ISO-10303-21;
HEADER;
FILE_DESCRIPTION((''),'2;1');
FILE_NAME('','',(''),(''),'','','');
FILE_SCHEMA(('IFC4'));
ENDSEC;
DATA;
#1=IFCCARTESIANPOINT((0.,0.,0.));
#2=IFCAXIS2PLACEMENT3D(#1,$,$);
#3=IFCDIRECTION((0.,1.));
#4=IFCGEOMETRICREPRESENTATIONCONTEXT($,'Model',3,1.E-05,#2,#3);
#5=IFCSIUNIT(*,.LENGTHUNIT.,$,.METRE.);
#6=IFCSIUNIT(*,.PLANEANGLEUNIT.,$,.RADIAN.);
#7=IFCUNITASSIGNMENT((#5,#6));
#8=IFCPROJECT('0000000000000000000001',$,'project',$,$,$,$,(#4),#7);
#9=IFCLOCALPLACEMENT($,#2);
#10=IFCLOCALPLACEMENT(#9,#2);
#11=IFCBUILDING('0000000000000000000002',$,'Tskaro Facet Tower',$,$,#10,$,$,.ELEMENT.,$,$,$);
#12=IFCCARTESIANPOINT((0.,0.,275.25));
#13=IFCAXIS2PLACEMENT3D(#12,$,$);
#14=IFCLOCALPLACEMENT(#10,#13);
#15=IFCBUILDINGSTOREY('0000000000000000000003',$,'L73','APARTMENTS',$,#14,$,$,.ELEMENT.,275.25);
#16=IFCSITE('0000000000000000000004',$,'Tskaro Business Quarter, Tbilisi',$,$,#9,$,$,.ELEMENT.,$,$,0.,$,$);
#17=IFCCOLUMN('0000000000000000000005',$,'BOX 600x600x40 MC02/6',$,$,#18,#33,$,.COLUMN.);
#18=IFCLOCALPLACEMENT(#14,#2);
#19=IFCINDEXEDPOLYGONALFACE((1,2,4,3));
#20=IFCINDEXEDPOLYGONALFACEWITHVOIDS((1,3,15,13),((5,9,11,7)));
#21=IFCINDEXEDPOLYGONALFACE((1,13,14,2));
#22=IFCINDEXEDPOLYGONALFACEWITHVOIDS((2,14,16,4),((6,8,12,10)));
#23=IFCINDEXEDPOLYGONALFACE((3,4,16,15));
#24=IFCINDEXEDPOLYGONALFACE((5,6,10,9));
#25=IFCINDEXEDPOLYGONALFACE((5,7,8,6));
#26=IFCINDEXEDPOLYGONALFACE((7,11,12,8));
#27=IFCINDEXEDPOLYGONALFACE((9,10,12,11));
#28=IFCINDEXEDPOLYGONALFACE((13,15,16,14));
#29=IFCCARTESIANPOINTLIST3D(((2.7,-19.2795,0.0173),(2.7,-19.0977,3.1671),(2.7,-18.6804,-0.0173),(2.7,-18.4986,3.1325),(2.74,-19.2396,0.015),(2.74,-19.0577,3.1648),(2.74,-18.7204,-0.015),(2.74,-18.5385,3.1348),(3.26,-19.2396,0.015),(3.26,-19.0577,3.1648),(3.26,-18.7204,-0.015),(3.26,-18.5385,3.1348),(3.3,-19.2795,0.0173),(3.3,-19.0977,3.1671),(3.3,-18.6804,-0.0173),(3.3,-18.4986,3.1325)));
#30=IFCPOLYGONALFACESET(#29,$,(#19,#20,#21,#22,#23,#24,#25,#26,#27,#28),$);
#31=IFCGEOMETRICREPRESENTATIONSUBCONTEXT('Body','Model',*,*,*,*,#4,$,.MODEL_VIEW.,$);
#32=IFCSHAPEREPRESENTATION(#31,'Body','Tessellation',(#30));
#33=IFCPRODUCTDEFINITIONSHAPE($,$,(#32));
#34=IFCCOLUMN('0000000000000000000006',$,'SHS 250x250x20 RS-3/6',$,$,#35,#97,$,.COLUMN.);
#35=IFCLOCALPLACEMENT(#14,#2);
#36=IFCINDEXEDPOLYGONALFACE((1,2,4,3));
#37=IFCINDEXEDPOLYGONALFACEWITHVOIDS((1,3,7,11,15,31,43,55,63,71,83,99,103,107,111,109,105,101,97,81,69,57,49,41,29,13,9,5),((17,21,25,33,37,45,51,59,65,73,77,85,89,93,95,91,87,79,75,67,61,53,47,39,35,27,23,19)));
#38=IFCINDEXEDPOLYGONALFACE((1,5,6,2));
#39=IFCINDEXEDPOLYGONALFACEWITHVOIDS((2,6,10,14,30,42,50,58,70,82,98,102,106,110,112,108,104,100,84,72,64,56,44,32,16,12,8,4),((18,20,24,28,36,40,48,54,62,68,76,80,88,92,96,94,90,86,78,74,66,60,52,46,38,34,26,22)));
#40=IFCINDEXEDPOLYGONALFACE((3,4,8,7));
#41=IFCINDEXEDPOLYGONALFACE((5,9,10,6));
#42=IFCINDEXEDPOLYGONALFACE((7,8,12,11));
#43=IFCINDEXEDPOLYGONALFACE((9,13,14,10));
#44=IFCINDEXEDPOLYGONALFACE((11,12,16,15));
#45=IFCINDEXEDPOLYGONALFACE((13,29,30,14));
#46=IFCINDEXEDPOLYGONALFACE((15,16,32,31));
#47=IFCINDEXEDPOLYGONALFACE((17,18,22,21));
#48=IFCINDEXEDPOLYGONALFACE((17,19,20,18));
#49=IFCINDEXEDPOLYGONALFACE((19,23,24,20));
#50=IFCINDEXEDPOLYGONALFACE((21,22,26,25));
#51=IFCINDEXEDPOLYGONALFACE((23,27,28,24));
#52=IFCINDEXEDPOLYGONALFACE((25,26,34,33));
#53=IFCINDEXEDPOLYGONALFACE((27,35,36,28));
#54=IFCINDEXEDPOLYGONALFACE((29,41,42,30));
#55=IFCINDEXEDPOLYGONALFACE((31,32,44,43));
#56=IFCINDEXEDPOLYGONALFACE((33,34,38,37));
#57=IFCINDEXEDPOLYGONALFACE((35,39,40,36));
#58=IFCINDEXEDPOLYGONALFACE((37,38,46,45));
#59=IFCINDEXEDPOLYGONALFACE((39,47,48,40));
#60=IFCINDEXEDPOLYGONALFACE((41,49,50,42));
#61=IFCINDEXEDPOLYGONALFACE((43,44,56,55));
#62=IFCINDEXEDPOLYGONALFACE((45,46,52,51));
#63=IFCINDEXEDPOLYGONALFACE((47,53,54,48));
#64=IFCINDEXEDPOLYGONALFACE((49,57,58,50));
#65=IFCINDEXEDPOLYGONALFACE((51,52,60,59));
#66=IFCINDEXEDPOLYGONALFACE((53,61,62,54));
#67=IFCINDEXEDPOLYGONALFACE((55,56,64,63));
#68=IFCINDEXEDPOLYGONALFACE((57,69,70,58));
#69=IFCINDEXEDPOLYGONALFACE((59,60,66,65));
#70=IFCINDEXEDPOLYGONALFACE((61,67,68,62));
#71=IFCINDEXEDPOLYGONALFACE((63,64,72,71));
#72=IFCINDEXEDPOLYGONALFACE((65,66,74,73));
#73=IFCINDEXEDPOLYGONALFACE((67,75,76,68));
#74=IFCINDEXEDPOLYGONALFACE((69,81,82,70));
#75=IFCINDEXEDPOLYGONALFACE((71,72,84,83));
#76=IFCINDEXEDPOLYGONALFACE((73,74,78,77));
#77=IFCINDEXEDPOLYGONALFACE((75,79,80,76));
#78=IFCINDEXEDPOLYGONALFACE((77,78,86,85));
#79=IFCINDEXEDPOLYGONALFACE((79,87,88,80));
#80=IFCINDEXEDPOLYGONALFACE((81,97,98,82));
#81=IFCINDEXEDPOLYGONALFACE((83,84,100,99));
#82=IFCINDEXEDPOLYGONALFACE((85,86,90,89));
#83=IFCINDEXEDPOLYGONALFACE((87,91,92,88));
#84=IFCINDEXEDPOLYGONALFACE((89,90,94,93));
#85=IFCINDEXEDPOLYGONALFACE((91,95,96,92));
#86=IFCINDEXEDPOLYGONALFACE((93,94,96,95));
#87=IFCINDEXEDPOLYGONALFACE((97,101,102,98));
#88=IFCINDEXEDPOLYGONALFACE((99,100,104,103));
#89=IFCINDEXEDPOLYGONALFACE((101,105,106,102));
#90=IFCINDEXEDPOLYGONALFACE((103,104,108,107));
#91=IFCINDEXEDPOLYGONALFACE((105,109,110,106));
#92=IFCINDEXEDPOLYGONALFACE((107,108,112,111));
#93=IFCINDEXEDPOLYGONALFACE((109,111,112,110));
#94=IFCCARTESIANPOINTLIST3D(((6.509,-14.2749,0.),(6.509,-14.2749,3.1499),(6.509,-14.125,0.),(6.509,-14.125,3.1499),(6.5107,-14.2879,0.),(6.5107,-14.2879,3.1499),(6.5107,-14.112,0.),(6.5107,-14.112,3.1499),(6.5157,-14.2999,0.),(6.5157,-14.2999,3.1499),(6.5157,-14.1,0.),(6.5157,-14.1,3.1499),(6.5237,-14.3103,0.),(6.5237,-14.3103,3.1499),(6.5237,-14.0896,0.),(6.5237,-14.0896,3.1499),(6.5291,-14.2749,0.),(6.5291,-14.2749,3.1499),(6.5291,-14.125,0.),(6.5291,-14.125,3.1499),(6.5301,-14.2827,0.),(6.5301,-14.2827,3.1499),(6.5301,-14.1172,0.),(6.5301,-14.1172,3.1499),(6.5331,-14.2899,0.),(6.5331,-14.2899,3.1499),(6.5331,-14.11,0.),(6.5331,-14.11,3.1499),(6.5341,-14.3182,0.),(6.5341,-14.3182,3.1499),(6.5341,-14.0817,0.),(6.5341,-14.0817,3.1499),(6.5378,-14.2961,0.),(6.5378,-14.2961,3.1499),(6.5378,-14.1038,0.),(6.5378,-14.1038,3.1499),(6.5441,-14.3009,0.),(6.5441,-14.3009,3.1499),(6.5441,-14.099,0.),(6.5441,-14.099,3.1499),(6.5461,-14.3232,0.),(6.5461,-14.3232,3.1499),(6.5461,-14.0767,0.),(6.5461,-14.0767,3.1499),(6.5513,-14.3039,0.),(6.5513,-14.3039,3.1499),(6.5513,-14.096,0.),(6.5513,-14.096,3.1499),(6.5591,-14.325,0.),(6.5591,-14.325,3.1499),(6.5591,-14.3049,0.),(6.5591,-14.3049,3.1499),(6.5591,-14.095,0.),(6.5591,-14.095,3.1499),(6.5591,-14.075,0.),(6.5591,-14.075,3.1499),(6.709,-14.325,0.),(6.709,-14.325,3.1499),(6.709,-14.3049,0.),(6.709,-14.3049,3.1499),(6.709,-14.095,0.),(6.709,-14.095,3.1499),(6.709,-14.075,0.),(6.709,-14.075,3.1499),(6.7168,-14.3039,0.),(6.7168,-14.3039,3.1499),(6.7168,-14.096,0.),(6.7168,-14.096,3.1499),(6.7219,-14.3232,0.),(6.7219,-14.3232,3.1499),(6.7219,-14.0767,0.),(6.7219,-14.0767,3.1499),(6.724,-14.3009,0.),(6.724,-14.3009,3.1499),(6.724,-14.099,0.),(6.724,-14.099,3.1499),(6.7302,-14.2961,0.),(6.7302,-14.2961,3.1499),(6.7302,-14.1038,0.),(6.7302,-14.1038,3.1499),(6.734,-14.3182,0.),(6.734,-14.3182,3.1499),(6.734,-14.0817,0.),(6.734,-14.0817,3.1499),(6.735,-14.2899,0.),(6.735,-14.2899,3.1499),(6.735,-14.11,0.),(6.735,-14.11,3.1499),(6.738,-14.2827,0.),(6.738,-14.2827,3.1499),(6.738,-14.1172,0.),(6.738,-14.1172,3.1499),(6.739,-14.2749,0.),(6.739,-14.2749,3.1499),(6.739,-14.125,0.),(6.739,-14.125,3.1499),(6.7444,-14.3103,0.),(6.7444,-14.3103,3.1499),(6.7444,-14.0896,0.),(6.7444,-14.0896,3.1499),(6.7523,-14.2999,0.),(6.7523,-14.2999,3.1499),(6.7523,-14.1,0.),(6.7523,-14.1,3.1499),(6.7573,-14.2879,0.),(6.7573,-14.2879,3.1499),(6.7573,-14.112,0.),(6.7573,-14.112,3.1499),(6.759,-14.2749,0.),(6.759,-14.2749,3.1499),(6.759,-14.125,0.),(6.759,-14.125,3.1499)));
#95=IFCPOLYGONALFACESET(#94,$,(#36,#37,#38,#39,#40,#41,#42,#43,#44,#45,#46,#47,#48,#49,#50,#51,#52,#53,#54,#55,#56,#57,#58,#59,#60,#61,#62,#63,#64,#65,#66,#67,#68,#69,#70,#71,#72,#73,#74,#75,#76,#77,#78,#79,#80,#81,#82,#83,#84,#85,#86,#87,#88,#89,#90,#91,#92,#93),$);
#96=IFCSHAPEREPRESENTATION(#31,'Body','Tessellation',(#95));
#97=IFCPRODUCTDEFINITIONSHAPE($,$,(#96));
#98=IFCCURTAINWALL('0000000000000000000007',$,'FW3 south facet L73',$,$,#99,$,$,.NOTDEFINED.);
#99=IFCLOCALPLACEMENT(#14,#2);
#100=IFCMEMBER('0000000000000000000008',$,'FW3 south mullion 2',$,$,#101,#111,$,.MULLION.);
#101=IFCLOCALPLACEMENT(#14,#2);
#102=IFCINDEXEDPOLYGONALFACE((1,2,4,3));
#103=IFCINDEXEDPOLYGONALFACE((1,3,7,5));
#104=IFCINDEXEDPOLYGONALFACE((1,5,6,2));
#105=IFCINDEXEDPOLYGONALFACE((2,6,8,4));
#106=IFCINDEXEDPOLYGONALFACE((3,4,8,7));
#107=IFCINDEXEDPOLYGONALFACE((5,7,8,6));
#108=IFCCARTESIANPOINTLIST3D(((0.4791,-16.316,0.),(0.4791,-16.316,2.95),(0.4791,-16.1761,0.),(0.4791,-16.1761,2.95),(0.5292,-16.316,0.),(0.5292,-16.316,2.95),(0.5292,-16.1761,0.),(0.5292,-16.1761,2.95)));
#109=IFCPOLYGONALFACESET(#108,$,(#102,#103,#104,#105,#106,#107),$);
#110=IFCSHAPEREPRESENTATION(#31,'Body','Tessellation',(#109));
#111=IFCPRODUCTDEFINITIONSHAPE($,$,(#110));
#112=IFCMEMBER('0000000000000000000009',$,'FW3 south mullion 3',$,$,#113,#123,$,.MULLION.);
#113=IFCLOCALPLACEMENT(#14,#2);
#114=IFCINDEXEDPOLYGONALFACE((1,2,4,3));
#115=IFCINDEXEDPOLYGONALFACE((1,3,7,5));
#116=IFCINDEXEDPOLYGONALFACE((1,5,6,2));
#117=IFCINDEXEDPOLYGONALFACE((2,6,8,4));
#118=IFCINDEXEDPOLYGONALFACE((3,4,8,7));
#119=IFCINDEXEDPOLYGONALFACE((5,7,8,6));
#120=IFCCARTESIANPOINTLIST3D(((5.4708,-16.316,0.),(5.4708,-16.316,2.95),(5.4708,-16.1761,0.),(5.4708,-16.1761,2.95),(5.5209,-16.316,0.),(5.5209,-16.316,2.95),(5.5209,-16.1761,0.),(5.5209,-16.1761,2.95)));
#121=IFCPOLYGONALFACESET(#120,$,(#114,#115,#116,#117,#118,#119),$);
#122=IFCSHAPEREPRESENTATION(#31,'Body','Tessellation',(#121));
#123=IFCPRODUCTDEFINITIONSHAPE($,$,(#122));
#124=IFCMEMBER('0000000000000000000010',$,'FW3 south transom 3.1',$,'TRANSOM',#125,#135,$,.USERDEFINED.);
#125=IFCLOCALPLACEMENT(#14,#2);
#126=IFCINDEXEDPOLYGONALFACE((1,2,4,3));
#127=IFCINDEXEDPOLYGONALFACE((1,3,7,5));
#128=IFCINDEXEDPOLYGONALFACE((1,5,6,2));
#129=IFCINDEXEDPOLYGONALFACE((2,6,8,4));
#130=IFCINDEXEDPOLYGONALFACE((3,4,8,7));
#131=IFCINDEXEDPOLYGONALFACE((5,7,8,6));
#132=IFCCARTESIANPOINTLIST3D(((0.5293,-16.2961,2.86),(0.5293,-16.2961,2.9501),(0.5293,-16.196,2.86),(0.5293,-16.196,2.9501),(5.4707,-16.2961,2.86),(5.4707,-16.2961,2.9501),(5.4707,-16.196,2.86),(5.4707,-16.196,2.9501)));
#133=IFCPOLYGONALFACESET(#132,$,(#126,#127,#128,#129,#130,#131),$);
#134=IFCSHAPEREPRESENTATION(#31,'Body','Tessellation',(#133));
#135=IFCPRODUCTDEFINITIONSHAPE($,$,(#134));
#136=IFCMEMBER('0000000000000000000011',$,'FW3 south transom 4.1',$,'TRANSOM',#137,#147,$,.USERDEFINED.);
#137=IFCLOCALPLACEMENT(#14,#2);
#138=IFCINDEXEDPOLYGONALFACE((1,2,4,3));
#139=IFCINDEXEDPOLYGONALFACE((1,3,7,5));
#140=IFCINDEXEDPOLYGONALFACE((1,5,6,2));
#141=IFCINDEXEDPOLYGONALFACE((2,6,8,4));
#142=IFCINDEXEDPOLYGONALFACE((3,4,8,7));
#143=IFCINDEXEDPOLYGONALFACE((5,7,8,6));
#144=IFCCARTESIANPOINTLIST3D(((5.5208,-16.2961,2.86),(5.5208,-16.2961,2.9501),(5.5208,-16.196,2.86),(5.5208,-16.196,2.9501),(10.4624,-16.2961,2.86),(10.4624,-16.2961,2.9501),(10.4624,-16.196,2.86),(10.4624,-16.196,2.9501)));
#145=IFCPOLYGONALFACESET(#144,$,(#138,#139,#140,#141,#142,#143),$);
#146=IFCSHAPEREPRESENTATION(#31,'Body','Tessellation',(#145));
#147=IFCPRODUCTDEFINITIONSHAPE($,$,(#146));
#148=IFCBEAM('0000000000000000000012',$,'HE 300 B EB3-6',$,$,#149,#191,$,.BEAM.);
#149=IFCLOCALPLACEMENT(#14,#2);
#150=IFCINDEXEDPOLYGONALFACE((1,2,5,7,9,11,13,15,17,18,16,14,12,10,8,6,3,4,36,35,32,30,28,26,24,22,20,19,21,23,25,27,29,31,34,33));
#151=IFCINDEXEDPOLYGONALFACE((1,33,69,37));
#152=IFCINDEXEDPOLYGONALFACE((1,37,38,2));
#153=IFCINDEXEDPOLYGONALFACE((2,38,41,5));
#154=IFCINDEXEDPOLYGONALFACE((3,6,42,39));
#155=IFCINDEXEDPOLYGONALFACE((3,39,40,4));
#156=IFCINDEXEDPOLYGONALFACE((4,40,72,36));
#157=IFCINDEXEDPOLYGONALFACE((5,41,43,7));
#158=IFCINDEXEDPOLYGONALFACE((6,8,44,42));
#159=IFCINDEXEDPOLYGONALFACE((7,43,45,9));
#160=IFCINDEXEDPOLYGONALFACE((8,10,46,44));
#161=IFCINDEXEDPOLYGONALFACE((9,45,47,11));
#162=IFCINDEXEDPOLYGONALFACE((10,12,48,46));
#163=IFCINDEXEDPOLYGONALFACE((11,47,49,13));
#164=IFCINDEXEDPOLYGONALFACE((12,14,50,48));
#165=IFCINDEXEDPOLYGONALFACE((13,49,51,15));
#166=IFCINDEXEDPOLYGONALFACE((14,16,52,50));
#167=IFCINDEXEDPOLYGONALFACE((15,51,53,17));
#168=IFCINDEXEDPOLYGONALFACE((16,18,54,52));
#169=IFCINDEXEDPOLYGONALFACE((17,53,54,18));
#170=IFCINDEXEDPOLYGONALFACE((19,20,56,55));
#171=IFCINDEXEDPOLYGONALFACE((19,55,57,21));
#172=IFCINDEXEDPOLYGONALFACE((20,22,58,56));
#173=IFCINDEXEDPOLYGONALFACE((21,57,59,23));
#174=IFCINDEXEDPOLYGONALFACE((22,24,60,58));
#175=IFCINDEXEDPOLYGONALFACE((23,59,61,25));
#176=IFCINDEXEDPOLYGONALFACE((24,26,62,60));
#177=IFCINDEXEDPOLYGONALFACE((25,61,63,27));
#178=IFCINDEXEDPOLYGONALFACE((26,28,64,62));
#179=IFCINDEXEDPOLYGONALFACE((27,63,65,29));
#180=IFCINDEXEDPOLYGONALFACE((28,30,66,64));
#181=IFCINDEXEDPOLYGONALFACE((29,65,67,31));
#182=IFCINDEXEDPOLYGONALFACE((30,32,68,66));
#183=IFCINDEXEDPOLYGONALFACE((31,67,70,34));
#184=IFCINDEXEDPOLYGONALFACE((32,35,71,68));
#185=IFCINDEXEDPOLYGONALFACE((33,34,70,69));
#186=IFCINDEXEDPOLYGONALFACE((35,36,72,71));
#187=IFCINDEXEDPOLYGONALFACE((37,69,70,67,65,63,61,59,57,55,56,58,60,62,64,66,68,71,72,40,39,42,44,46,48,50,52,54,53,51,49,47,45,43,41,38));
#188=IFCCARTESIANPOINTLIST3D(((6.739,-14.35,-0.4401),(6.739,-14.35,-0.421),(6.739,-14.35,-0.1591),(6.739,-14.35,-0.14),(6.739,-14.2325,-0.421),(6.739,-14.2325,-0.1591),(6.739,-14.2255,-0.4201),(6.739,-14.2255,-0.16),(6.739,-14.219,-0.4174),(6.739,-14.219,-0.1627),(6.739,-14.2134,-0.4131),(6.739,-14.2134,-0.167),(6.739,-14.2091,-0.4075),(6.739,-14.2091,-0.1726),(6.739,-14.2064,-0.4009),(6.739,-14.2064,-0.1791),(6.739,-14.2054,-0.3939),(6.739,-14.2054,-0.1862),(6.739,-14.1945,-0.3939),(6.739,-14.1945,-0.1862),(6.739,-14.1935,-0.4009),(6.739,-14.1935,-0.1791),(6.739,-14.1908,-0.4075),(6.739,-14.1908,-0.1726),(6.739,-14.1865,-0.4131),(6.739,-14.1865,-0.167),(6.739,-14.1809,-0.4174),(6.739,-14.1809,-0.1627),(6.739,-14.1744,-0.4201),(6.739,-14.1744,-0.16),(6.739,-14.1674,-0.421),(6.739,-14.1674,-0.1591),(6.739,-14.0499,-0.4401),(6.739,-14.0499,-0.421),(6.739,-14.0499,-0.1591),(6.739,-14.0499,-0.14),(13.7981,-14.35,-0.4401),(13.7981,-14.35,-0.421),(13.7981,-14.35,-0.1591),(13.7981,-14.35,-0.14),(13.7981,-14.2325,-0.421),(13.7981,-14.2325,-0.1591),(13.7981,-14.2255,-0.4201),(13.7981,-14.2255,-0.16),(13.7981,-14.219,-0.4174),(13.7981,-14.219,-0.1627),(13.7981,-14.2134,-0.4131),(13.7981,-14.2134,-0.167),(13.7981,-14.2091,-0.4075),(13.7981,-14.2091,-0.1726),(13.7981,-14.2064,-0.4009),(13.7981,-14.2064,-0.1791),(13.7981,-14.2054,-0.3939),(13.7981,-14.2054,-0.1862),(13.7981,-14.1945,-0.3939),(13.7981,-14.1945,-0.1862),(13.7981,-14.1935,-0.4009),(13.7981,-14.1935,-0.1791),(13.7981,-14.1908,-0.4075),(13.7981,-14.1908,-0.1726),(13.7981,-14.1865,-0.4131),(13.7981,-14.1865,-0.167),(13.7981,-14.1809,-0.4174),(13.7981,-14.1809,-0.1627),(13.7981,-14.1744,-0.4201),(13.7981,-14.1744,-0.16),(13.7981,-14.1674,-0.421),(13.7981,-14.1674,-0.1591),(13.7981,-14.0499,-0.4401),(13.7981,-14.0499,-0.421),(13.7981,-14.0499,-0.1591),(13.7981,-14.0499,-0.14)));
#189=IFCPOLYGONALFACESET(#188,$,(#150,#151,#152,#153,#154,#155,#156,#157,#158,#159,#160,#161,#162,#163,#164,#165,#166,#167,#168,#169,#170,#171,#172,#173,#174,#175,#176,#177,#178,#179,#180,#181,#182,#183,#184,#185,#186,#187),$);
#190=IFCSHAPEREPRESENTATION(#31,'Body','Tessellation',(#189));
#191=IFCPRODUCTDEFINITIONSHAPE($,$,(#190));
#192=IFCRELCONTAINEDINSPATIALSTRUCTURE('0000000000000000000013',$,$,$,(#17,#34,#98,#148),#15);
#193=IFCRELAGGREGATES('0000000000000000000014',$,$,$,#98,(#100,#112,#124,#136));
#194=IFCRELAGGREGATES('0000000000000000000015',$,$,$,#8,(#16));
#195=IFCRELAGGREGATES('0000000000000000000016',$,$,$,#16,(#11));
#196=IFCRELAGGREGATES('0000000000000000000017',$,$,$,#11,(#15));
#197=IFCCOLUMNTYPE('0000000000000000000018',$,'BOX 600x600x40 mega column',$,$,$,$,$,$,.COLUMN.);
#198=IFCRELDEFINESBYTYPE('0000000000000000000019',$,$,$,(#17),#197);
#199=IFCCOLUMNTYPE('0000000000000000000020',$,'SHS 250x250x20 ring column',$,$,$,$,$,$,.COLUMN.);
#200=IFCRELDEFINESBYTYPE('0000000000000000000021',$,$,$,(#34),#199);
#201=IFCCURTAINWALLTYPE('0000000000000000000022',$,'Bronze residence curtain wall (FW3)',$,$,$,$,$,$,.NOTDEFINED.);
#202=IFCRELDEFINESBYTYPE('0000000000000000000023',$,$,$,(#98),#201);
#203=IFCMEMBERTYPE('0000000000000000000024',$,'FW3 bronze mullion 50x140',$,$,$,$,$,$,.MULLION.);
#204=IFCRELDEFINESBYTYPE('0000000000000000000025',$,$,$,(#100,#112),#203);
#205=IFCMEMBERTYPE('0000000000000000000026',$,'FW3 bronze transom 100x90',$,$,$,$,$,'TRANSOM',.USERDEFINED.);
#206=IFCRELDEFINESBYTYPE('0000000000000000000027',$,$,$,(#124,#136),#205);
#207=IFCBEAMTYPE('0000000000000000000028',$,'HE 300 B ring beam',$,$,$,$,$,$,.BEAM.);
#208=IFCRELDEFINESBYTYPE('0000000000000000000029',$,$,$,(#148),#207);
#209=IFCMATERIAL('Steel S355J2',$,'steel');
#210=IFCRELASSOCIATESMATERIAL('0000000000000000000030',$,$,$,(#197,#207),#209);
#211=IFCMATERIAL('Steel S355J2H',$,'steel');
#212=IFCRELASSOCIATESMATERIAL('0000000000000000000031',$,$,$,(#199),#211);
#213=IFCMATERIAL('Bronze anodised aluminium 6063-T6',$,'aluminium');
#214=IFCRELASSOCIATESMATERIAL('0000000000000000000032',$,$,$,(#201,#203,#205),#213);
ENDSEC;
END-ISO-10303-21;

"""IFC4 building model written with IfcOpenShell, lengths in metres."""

from ifc_helpers import new_model, si_unit, direction, frame, origin, origin_2d, place, context, subcontext, project, spatial, rectangle, hollow_rectangle, i_section, extrude, material, material_profile, profile_set, type_object, element, aggregate, save


model = new_model("IFC4")

# Units and contexts
model_context = context("Model", 3, precision=1e-05, world=origin(), true_north=direction((0.0, 1.0)))
body_context = subcontext(model_context, "Body", "Model", "MODEL_VIEW")
ifc_project = project(units=[si_unit("LENGTHUNIT", "METRE"), si_unit("PLANEANGLEUNIT", "RADIAN")], contexts=[model_context])

# Site, building, storey
site_placement = place(None, origin())
site = spatial("IfcSite", under=ifc_project, at=site_placement, Name="Tskaro Business Quarter, Tbilisi", CompositionType="ELEMENT", RefElevation=0.0)
building_placement = place(site_placement, origin())
building = spatial("IfcBuilding", under=site, at=building_placement, Name="Tskaro Facet Tower", CompositionType="ELEMENT")
storey_placement = place(building_placement, frame((0.0, 0.0, 275.25)))
storey = spatial("IfcBuildingStorey", under=building, at=storey_placement, Name="L73", Description="APARTMENTS", CompositionType="ELEMENT", Elevation=275.25)

# Columns
ifc_material_1 = material(Name="Steel S355J2", Category="steel")
ifc_material_profile_1 = material_profile(ifc_material_1, hollow_rectangle(XDim=0.6001, YDim=0.6001, WallThickness=0.04, at=origin_2d()), Name="BOX 600x600x40")
ifc_profile_set_1 = profile_set([ifc_material_profile_1], Name="Steel S355J2")
column_type_1 = type_object("IfcColumnType", Name="BOX 600x600x40 mega column", PredefinedType="COLUMN", material=ifc_profile_set_1)
column_1_placement = place(storey_placement, frame((3.0, -18.98, 0.0), z_axis=(0.0, 0.057647, 0.998337), x_axis=(-1.0, 0.0, 0.0)))
element("IfcColumn", 1, at=column_1_placement, inside=storey, type_object=column_type_1, Name="BOX 600x600x40 MC02/6", PredefinedType="COLUMN", context=body_context, shape_type="SweptSolid", body=[
    extrude(hollow_rectangle(XDim=0.6001, YDim=0.6001, WallThickness=0.04, at=origin_2d()), origin(), (0.0, 0.0, 1.0), 3.155),
])
ifc_material_2 = material(Name="Steel S355J2H", Category="steel")
ifc_material_profile_2 = material_profile(ifc_material_2, hollow_rectangle(XDim=0.25, YDim=0.25, WallThickness=0.02, InnerFilletRadius=0.03, OuterFilletRadius=0.05, at=origin_2d()), Name="SHS 250x250x20")
ifc_profile_set_2 = profile_set([ifc_material_profile_2], Name="Steel S355J2H")
column_type_2 = type_object("IfcColumnType", Name="SHS 250x250x20 ring column", PredefinedType="COLUMN", material=ifc_profile_set_2)
column_2_placement = place(storey_placement, frame((6.634, -14.2, 0.0), z_axis=(0.0, 0.0, 1.0), x_axis=(1.0, 0.0, 0.0)))
element("IfcColumn", 2, at=column_2_placement, inside=storey, type_object=column_type_2, Name="SHS 250x250x20 RS-3/6", PredefinedType="COLUMN", context=body_context, shape_type="SweptSolid", body=[
    extrude(hollow_rectangle(XDim=0.25, YDim=0.25, WallThickness=0.02, InnerFilletRadius=0.03, OuterFilletRadius=0.05, at=origin_2d()), origin(), (0.0, 0.0, 1.0), 3.1499),
])

# Curtain wall, members
ifc_material_3 = material(Name="Bronze anodised aluminium 6063-T6", Category="aluminium")
curtain_wall_type = type_object("IfcCurtainWallType", Name="Bronze residence curtain wall (FW3)", PredefinedType="NOTDEFINED", material=ifc_material_3)
curtain_wall_placement = place(storey_placement, origin())
curtain_wall = element("IfcCurtainWall", 3, at=curtain_wall_placement, inside=storey, type_object=curtain_wall_type, Name="FW3 south facet L73", PredefinedType="NOTDEFINED")
ifc_material_profile_3 = material_profile(ifc_material_3, rectangle(XDim=0.05, YDim=0.1399, at=origin_2d()), Name="Mullion 50x140")
ifc_profile_set_3 = profile_set([ifc_material_profile_3], Name="Bronze anodised aluminium 6063-T6")
member_type_1 = type_object("IfcMemberType", Name="FW3 bronze mullion 50x140", PredefinedType="MULLION", material=ifc_profile_set_3)
member_1_placement = place(storey_placement, frame((0.5042, -16.2461, 0.0), z_axis=(0.0, 0.0, 1.0), x_axis=(1.0, 0.0, 0.0)))
member_1 = element("IfcMember", 4, at=member_1_placement, type_object=member_type_1, Name="FW3 south mullion 2", PredefinedType="MULLION", context=body_context, shape_type="SweptSolid", body=[
    extrude(rectangle(XDim=0.05, YDim=0.1399, at=origin_2d()), origin(), (0.0, 0.0, 1.0), 2.95),
])
member_2_placement = place(storey_placement, frame((5.4958, -16.2461, 0.0), z_axis=(0.0, 0.0, 1.0), x_axis=(1.0, 0.0, 0.0)))
member_2 = element("IfcMember", 5, at=member_2_placement, type_object=member_type_1, Name="FW3 south mullion 3", PredefinedType="MULLION", context=body_context, shape_type="SweptSolid", body=[
    extrude(rectangle(XDim=0.05, YDim=0.1399, at=origin_2d()), origin(), (0.0, 0.0, 1.0), 2.95),
])
ifc_material_profile_4 = material_profile(ifc_material_3, rectangle(XDim=0.1001, YDim=0.0901, at=origin_2d()), Name="Transom 100x90")
ifc_profile_set_4 = profile_set([ifc_material_profile_4], Name="Bronze anodised aluminium 6063-T6")
member_type_2 = type_object("IfcMemberType", Name="FW3 bronze transom 100x90", ElementType="TRANSOM", PredefinedType="USERDEFINED", material=ifc_profile_set_4)
member_3_placement = place(storey_placement, frame((0.5293, -16.2461, 2.905), z_axis=(1.0, 0.0, 0.0), x_axis=(0.0, 1.0, 0.0)))
member_3 = element("IfcMember", 6, at=member_3_placement, type_object=member_type_2, Name="FW3 south transom 3.1", ObjectType="TRANSOM", PredefinedType="USERDEFINED", context=body_context, shape_type="SweptSolid", body=[
    extrude(rectangle(XDim=0.1001, YDim=0.0901, at=origin_2d()), origin(), (0.0, 0.0, 1.0), 4.9414),
])
member_4_placement = place(storey_placement, frame((5.5208, -16.2461, 2.905), z_axis=(1.0, 0.0, 0.0), x_axis=(0.0, 1.0, 0.0)))
member_4 = element("IfcMember", 7, at=member_4_placement, type_object=member_type_2, Name="FW3 south transom 4.1", ObjectType="TRANSOM", PredefinedType="USERDEFINED", context=body_context, shape_type="SweptSolid", body=[
    extrude(rectangle(XDim=0.1001, YDim=0.0901, at=origin_2d()), origin(), (0.0, 0.0, 1.0), 4.9417),
])

# Beam
ifc_material_profile_5 = material_profile(ifc_material_1, i_section(OverallWidth=0.3, OverallDepth=0.3, WebThickness=0.011, FlangeThickness=0.019, FilletRadius=0.0271, at=origin_2d()), Name="HE 300 B")
ifc_profile_set_5 = profile_set([ifc_material_profile_5], Name="Steel S355J2")
beam_type_1 = type_object("IfcBeamType", Name="HE 300 B ring beam", PredefinedType="BEAM", material=ifc_profile_set_5)
beam_1_placement = place(storey_placement, frame((6.739, -14.2, -0.29), z_axis=(1.0, 0.0, 0.0), x_axis=(0.0, 1.0, 0.0)))
element("IfcBeam", 8, at=beam_1_placement, inside=storey, type_object=beam_type_1, Name="HE 300 B EB3-6", PredefinedType="BEAM", context=body_context, shape_type="SweptSolid", body=[
    extrude(i_section(OverallWidth=0.3, OverallDepth=0.3, WebThickness=0.011, FlangeThickness=0.019, FilletRadius=0.0271, at=origin_2d()), origin(), (0.0, 0.0, 1.0), 7.0591),
])

aggregate(curtain_wall, [member_1, member_2, member_3, member_4])

save(model, "model.ifc")
